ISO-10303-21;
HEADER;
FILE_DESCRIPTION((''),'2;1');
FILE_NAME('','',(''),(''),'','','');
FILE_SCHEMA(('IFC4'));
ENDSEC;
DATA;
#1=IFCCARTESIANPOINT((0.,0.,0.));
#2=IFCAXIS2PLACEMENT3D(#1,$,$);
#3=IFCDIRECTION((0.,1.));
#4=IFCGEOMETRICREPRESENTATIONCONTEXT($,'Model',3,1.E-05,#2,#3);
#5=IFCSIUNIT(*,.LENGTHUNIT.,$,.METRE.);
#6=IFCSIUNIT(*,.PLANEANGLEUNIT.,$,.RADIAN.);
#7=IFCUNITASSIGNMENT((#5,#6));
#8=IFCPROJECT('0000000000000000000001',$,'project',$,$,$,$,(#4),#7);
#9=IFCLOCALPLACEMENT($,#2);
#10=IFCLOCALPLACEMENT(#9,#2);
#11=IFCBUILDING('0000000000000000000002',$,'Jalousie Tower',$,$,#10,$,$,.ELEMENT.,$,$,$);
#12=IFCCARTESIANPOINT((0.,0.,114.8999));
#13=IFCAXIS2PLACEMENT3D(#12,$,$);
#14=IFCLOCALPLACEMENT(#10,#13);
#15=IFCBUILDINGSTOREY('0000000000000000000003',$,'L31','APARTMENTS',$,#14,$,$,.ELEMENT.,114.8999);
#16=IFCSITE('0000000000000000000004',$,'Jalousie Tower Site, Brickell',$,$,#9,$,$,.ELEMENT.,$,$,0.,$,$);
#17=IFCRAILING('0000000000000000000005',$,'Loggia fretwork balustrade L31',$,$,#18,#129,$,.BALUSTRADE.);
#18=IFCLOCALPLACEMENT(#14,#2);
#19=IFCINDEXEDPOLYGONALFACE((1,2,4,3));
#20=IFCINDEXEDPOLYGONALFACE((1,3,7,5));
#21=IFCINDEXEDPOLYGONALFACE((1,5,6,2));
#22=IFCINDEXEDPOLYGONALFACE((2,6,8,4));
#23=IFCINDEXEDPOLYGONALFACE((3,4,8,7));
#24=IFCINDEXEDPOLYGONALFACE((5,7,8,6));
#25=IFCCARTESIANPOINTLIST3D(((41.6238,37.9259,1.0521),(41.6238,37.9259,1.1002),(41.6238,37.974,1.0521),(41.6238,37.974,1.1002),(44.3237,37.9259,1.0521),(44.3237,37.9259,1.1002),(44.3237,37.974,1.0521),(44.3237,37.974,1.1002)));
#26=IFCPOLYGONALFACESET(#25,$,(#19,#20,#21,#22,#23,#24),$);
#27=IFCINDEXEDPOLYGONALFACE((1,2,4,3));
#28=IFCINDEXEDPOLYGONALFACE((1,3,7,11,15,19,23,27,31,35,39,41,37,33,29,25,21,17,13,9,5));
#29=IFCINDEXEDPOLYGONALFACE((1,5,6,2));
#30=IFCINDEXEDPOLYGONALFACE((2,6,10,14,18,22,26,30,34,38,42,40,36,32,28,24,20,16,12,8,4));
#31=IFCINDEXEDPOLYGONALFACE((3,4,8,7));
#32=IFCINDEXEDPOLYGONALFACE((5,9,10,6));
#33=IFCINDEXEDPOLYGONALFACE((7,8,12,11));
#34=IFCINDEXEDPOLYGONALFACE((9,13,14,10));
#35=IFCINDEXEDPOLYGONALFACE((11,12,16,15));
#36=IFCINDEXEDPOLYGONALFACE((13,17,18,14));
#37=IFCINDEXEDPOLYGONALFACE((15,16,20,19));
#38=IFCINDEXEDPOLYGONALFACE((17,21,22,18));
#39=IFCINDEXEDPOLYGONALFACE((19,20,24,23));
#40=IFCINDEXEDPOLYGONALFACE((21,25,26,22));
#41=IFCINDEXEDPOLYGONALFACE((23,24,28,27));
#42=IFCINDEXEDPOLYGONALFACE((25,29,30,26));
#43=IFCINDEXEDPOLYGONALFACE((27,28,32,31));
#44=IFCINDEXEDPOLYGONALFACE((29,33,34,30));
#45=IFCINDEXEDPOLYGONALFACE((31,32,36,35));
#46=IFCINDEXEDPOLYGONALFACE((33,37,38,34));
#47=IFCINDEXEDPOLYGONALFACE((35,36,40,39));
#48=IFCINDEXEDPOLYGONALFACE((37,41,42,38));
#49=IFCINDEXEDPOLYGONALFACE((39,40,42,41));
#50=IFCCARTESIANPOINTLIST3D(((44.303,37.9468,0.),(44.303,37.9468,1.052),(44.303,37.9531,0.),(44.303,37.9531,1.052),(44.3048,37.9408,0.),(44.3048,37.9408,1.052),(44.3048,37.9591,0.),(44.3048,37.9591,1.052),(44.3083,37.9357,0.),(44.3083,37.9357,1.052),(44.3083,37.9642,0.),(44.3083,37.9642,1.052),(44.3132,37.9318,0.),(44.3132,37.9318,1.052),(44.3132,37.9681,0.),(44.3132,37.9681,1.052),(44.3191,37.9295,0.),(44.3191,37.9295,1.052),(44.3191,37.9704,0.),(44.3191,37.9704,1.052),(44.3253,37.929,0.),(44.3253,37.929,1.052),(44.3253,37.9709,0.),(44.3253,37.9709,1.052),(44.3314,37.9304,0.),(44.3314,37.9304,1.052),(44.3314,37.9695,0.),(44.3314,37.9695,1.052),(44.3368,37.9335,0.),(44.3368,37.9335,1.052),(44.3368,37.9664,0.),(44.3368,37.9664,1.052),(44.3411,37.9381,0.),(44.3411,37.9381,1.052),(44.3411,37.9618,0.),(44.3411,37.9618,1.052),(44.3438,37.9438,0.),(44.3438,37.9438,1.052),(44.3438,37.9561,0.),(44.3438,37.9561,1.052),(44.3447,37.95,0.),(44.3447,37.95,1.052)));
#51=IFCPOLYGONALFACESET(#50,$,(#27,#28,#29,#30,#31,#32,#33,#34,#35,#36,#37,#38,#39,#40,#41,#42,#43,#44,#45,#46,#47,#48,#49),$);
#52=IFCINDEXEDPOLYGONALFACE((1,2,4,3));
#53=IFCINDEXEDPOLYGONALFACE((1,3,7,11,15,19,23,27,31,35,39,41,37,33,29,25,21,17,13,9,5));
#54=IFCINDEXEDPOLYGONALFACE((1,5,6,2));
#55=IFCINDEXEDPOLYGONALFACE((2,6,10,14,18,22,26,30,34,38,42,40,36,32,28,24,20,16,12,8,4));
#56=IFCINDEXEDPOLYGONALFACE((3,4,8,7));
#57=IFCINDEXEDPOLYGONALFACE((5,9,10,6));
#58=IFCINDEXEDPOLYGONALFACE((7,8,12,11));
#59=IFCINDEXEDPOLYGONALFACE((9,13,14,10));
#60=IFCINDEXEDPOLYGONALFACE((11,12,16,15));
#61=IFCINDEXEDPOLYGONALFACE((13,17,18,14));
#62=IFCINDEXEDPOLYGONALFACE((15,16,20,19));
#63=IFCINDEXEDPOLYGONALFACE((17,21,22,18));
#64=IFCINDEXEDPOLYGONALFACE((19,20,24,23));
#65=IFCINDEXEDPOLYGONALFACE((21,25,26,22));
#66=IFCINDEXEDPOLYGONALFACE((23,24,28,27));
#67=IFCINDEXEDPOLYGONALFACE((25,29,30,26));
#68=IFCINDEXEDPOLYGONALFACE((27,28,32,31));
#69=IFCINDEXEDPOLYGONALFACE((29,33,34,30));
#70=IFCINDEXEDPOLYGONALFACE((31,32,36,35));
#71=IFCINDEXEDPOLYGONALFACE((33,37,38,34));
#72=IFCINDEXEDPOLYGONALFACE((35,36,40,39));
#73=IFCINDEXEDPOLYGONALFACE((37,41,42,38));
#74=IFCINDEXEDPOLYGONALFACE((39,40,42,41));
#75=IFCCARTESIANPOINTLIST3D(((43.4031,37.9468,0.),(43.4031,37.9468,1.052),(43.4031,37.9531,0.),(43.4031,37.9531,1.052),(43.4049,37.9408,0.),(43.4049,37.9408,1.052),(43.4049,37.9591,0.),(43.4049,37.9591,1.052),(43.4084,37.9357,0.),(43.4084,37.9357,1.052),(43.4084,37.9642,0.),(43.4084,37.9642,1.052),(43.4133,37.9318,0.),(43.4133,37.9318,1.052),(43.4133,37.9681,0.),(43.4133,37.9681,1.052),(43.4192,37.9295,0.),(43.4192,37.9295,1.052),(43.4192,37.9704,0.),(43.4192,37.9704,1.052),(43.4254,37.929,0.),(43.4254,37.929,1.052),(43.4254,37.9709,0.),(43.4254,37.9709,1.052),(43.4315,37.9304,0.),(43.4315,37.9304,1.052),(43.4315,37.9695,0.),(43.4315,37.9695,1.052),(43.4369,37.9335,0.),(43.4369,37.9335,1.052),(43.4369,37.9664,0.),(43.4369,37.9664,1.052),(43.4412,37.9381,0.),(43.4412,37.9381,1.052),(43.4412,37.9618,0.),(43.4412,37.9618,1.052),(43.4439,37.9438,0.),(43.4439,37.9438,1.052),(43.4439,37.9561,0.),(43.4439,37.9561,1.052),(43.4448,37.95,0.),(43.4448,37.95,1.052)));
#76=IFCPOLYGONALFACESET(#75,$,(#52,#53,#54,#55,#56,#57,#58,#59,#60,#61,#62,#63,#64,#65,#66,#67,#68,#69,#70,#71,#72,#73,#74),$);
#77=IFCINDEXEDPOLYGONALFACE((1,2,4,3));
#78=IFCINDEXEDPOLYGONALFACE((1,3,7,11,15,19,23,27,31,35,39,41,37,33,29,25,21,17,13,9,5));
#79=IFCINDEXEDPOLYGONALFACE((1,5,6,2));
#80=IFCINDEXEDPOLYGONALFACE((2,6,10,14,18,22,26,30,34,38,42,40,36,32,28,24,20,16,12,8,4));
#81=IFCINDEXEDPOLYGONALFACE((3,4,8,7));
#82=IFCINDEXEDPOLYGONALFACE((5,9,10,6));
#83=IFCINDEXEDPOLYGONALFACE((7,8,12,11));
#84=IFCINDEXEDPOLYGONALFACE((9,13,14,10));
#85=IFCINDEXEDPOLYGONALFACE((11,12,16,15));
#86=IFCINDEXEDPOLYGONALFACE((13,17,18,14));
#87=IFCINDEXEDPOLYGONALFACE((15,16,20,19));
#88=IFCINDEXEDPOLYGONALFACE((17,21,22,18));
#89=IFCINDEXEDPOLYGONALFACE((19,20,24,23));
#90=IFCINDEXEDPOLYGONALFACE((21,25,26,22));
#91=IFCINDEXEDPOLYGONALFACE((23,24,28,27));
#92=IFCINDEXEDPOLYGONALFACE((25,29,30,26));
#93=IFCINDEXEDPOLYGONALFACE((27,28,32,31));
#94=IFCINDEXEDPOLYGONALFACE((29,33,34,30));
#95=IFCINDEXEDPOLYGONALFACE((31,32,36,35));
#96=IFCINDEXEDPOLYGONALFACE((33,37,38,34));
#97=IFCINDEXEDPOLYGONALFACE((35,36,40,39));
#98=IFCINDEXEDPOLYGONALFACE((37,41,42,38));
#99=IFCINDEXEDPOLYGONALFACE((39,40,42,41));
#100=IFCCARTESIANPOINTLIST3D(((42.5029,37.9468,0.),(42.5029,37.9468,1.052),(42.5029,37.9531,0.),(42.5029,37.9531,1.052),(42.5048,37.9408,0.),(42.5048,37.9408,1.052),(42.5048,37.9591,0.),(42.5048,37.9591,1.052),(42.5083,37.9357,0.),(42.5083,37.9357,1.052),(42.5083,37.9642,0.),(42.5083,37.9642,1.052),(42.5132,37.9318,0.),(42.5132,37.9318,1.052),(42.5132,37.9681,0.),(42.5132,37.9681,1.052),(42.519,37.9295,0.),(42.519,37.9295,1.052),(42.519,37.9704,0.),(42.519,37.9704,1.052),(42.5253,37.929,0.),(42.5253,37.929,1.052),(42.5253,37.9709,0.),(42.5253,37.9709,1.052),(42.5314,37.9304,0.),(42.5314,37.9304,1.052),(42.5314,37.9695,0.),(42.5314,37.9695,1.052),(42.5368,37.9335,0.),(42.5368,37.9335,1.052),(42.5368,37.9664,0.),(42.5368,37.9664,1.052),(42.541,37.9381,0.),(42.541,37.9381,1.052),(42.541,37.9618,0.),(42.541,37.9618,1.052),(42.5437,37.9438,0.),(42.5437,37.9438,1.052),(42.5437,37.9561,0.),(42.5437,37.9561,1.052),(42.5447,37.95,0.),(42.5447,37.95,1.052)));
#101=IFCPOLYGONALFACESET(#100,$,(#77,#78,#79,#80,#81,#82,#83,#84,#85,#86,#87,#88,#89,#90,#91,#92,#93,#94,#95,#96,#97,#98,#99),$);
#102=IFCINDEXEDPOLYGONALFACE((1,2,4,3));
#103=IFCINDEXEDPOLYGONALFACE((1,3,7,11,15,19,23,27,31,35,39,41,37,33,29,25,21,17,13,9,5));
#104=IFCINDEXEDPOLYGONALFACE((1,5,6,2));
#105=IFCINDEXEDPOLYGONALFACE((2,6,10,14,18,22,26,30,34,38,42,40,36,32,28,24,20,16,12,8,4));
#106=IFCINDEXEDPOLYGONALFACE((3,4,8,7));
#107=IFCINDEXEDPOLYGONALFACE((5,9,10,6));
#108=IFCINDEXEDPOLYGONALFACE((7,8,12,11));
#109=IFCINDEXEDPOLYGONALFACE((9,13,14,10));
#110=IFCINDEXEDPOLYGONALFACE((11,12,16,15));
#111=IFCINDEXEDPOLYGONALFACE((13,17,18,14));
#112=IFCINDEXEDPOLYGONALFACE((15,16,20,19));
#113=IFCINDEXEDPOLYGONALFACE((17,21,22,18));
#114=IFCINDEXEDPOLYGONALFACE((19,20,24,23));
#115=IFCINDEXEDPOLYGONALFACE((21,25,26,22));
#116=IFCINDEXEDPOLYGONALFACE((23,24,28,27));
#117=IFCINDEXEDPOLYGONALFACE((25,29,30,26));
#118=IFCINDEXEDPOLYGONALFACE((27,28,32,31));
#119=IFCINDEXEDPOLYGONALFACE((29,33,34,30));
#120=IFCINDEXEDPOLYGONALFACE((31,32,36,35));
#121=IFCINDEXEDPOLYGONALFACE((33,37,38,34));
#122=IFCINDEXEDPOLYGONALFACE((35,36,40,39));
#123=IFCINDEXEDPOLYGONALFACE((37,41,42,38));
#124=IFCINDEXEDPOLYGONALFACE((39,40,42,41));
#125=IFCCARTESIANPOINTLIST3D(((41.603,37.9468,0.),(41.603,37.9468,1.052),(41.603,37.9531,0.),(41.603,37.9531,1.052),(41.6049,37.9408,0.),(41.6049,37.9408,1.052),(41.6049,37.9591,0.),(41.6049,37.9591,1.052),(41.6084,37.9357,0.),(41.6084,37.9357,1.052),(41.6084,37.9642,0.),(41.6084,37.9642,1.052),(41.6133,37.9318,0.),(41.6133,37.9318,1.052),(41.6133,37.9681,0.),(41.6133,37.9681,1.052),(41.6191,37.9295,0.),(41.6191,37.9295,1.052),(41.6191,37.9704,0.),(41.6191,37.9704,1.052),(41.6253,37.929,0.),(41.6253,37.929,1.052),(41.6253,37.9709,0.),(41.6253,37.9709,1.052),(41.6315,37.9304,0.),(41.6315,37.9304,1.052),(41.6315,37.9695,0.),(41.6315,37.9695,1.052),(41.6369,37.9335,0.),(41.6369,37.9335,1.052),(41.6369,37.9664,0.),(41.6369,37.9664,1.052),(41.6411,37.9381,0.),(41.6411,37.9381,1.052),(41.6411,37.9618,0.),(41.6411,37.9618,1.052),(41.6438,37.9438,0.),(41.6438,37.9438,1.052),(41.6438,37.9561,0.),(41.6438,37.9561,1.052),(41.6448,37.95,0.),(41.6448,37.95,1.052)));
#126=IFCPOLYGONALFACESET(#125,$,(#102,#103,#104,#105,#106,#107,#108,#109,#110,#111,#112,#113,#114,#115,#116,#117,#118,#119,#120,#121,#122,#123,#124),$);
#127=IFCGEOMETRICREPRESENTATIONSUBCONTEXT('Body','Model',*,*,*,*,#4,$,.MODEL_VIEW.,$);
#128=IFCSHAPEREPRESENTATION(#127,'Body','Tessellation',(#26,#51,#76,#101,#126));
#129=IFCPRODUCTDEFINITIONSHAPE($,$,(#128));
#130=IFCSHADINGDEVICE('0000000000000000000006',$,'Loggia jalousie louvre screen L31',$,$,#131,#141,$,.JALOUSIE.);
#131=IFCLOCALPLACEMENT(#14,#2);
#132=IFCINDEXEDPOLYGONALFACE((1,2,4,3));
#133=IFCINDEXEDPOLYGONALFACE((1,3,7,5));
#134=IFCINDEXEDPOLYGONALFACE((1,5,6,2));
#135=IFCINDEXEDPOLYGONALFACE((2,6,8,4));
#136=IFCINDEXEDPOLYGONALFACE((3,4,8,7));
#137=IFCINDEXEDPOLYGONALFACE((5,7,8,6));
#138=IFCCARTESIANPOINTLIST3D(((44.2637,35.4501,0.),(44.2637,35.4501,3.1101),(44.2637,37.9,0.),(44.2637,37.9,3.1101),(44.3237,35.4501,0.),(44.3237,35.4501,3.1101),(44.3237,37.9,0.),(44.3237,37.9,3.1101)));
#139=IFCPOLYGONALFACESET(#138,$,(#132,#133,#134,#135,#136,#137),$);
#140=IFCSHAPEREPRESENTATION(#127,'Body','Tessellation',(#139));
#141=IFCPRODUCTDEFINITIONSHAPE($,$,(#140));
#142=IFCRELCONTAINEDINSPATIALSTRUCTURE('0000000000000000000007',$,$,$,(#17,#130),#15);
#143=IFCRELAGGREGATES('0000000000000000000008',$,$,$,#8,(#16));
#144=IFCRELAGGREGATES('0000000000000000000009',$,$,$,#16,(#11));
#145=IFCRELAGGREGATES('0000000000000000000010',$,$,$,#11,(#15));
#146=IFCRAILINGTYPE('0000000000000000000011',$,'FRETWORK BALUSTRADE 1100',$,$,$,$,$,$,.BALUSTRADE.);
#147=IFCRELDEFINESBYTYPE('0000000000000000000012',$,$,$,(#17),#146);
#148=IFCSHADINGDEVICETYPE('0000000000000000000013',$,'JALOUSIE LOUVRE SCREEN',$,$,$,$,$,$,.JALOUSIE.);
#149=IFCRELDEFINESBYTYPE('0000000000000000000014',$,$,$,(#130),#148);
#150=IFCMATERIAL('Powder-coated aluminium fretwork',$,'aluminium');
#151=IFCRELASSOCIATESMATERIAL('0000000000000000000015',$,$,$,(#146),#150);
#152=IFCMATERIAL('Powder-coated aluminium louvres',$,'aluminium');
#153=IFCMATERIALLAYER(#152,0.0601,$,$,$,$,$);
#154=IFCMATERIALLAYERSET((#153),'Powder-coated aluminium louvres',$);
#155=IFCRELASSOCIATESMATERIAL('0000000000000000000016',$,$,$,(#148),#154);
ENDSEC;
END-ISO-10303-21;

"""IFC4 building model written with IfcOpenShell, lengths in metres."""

from ifc_helpers import new_model, si_unit, direction, frame, origin, origin_2d, place, context, subcontext, project, spatial, rectangle, circle, extrude, material, layer, layer_set, type_object, element, save


model = new_model("IFC4")

# Units and contexts
model_context = context("Model", 3, precision=1e-05, world=origin(), true_north=direction((0.0, 1.0)))
body_context = subcontext(model_context, "Body", "Model", "MODEL_VIEW")
ifc_project = project(units=[si_unit("LENGTHUNIT", "METRE"), si_unit("PLANEANGLEUNIT", "RADIAN")], contexts=[model_context])

# Site, building, storey
site_placement = place(None, origin())
site = spatial("IfcSite", under=ifc_project, at=site_placement, Name="Jalousie Tower Site, Brickell", CompositionType="ELEMENT", RefElevation=0.0)
building_placement = place(site_placement, origin())
building = spatial("IfcBuilding", under=site, at=building_placement, Name="Jalousie Tower", CompositionType="ELEMENT")
storey_placement = place(building_placement, frame((0.0, 0.0, 114.8999)))
storey = spatial("IfcBuildingStorey", under=building, at=storey_placement, Name="L31", Description="APARTMENTS", CompositionType="ELEMENT", Elevation=114.8999)

# Railing
ifc_material_1 = material(Name="Powder-coated aluminium fretwork", Category="aluminium")
railing_type = type_object("IfcRailingType", Name="FRETWORK BALUSTRADE 1100", PredefinedType="BALUSTRADE", material=ifc_material_1)
railing_placement = place(storey_placement, frame((44.3237, 37.95, 0.0)))
element("IfcRailing", 1, at=railing_placement, inside=storey, type_object=railing_type, Name="Loggia fretwork balustrade L31", PredefinedType="BALUSTRADE", context=body_context, shape_type="SweptSolid", body=[
    extrude(rectangle(XDim=0.0481, YDim=0.0481, at=origin_2d()), frame((0.0, 0.0, 1.0762), z_axis=(-1.0, 0.0, 0.0), x_axis=(0.0, -1.0, 0.0)), (0.0, 0.0, 1.0), 2.7),
    extrude(circle(Radius=0.021, at=origin_2d()), origin(), (0.0, 0.0, 1.0), 1.052),
    extrude(circle(Radius=0.021, at=origin_2d()), frame((-0.8999, 0.0, 0.0)), (0.0, 0.0, 1.0), 1.052),
    extrude(circle(Radius=0.021, at=origin_2d()), frame((-1.8, 0.0, 0.0)), (0.0, 0.0, 1.0), 1.052),
    extrude(circle(Radius=0.021, at=origin_2d()), frame((-2.7, 0.0, 0.0)), (0.0, 0.0, 1.0), 1.052),
])

# Shading device
ifc_material_2 = material(Name="Powder-coated aluminium louvres", Category="aluminium")
ifc_layer_1 = layer(ifc_material_2, 0.0601)
ifc_layer_set_1 = layer_set([ifc_layer_1], Name="Powder-coated aluminium louvres")
shading_device_type_1 = type_object("IfcShadingDeviceType", Name="JALOUSIE LOUVRE SCREEN", PredefinedType="JALOUSIE", material=ifc_layer_set_1)
shading_device_placement = place(storey_placement, frame((44.2937, 36.675, 0.0), z_axis=(0.0, 0.0, 1.0), x_axis=(-1.0, 0.0, 0.0)))
element("IfcShadingDevice", 2, at=shading_device_placement, inside=storey, type_object=shading_device_type_1, Name="Loggia jalousie louvre screen L31", PredefinedType="JALOUSIE", context=body_context, shape_type="SweptSolid", body=[
    extrude(rectangle(XDim=0.0601, YDim=2.45, at=origin_2d()), origin(), (0.0, 0.0, 1.0), 3.1101),
])

save(model, "model.ifc")
